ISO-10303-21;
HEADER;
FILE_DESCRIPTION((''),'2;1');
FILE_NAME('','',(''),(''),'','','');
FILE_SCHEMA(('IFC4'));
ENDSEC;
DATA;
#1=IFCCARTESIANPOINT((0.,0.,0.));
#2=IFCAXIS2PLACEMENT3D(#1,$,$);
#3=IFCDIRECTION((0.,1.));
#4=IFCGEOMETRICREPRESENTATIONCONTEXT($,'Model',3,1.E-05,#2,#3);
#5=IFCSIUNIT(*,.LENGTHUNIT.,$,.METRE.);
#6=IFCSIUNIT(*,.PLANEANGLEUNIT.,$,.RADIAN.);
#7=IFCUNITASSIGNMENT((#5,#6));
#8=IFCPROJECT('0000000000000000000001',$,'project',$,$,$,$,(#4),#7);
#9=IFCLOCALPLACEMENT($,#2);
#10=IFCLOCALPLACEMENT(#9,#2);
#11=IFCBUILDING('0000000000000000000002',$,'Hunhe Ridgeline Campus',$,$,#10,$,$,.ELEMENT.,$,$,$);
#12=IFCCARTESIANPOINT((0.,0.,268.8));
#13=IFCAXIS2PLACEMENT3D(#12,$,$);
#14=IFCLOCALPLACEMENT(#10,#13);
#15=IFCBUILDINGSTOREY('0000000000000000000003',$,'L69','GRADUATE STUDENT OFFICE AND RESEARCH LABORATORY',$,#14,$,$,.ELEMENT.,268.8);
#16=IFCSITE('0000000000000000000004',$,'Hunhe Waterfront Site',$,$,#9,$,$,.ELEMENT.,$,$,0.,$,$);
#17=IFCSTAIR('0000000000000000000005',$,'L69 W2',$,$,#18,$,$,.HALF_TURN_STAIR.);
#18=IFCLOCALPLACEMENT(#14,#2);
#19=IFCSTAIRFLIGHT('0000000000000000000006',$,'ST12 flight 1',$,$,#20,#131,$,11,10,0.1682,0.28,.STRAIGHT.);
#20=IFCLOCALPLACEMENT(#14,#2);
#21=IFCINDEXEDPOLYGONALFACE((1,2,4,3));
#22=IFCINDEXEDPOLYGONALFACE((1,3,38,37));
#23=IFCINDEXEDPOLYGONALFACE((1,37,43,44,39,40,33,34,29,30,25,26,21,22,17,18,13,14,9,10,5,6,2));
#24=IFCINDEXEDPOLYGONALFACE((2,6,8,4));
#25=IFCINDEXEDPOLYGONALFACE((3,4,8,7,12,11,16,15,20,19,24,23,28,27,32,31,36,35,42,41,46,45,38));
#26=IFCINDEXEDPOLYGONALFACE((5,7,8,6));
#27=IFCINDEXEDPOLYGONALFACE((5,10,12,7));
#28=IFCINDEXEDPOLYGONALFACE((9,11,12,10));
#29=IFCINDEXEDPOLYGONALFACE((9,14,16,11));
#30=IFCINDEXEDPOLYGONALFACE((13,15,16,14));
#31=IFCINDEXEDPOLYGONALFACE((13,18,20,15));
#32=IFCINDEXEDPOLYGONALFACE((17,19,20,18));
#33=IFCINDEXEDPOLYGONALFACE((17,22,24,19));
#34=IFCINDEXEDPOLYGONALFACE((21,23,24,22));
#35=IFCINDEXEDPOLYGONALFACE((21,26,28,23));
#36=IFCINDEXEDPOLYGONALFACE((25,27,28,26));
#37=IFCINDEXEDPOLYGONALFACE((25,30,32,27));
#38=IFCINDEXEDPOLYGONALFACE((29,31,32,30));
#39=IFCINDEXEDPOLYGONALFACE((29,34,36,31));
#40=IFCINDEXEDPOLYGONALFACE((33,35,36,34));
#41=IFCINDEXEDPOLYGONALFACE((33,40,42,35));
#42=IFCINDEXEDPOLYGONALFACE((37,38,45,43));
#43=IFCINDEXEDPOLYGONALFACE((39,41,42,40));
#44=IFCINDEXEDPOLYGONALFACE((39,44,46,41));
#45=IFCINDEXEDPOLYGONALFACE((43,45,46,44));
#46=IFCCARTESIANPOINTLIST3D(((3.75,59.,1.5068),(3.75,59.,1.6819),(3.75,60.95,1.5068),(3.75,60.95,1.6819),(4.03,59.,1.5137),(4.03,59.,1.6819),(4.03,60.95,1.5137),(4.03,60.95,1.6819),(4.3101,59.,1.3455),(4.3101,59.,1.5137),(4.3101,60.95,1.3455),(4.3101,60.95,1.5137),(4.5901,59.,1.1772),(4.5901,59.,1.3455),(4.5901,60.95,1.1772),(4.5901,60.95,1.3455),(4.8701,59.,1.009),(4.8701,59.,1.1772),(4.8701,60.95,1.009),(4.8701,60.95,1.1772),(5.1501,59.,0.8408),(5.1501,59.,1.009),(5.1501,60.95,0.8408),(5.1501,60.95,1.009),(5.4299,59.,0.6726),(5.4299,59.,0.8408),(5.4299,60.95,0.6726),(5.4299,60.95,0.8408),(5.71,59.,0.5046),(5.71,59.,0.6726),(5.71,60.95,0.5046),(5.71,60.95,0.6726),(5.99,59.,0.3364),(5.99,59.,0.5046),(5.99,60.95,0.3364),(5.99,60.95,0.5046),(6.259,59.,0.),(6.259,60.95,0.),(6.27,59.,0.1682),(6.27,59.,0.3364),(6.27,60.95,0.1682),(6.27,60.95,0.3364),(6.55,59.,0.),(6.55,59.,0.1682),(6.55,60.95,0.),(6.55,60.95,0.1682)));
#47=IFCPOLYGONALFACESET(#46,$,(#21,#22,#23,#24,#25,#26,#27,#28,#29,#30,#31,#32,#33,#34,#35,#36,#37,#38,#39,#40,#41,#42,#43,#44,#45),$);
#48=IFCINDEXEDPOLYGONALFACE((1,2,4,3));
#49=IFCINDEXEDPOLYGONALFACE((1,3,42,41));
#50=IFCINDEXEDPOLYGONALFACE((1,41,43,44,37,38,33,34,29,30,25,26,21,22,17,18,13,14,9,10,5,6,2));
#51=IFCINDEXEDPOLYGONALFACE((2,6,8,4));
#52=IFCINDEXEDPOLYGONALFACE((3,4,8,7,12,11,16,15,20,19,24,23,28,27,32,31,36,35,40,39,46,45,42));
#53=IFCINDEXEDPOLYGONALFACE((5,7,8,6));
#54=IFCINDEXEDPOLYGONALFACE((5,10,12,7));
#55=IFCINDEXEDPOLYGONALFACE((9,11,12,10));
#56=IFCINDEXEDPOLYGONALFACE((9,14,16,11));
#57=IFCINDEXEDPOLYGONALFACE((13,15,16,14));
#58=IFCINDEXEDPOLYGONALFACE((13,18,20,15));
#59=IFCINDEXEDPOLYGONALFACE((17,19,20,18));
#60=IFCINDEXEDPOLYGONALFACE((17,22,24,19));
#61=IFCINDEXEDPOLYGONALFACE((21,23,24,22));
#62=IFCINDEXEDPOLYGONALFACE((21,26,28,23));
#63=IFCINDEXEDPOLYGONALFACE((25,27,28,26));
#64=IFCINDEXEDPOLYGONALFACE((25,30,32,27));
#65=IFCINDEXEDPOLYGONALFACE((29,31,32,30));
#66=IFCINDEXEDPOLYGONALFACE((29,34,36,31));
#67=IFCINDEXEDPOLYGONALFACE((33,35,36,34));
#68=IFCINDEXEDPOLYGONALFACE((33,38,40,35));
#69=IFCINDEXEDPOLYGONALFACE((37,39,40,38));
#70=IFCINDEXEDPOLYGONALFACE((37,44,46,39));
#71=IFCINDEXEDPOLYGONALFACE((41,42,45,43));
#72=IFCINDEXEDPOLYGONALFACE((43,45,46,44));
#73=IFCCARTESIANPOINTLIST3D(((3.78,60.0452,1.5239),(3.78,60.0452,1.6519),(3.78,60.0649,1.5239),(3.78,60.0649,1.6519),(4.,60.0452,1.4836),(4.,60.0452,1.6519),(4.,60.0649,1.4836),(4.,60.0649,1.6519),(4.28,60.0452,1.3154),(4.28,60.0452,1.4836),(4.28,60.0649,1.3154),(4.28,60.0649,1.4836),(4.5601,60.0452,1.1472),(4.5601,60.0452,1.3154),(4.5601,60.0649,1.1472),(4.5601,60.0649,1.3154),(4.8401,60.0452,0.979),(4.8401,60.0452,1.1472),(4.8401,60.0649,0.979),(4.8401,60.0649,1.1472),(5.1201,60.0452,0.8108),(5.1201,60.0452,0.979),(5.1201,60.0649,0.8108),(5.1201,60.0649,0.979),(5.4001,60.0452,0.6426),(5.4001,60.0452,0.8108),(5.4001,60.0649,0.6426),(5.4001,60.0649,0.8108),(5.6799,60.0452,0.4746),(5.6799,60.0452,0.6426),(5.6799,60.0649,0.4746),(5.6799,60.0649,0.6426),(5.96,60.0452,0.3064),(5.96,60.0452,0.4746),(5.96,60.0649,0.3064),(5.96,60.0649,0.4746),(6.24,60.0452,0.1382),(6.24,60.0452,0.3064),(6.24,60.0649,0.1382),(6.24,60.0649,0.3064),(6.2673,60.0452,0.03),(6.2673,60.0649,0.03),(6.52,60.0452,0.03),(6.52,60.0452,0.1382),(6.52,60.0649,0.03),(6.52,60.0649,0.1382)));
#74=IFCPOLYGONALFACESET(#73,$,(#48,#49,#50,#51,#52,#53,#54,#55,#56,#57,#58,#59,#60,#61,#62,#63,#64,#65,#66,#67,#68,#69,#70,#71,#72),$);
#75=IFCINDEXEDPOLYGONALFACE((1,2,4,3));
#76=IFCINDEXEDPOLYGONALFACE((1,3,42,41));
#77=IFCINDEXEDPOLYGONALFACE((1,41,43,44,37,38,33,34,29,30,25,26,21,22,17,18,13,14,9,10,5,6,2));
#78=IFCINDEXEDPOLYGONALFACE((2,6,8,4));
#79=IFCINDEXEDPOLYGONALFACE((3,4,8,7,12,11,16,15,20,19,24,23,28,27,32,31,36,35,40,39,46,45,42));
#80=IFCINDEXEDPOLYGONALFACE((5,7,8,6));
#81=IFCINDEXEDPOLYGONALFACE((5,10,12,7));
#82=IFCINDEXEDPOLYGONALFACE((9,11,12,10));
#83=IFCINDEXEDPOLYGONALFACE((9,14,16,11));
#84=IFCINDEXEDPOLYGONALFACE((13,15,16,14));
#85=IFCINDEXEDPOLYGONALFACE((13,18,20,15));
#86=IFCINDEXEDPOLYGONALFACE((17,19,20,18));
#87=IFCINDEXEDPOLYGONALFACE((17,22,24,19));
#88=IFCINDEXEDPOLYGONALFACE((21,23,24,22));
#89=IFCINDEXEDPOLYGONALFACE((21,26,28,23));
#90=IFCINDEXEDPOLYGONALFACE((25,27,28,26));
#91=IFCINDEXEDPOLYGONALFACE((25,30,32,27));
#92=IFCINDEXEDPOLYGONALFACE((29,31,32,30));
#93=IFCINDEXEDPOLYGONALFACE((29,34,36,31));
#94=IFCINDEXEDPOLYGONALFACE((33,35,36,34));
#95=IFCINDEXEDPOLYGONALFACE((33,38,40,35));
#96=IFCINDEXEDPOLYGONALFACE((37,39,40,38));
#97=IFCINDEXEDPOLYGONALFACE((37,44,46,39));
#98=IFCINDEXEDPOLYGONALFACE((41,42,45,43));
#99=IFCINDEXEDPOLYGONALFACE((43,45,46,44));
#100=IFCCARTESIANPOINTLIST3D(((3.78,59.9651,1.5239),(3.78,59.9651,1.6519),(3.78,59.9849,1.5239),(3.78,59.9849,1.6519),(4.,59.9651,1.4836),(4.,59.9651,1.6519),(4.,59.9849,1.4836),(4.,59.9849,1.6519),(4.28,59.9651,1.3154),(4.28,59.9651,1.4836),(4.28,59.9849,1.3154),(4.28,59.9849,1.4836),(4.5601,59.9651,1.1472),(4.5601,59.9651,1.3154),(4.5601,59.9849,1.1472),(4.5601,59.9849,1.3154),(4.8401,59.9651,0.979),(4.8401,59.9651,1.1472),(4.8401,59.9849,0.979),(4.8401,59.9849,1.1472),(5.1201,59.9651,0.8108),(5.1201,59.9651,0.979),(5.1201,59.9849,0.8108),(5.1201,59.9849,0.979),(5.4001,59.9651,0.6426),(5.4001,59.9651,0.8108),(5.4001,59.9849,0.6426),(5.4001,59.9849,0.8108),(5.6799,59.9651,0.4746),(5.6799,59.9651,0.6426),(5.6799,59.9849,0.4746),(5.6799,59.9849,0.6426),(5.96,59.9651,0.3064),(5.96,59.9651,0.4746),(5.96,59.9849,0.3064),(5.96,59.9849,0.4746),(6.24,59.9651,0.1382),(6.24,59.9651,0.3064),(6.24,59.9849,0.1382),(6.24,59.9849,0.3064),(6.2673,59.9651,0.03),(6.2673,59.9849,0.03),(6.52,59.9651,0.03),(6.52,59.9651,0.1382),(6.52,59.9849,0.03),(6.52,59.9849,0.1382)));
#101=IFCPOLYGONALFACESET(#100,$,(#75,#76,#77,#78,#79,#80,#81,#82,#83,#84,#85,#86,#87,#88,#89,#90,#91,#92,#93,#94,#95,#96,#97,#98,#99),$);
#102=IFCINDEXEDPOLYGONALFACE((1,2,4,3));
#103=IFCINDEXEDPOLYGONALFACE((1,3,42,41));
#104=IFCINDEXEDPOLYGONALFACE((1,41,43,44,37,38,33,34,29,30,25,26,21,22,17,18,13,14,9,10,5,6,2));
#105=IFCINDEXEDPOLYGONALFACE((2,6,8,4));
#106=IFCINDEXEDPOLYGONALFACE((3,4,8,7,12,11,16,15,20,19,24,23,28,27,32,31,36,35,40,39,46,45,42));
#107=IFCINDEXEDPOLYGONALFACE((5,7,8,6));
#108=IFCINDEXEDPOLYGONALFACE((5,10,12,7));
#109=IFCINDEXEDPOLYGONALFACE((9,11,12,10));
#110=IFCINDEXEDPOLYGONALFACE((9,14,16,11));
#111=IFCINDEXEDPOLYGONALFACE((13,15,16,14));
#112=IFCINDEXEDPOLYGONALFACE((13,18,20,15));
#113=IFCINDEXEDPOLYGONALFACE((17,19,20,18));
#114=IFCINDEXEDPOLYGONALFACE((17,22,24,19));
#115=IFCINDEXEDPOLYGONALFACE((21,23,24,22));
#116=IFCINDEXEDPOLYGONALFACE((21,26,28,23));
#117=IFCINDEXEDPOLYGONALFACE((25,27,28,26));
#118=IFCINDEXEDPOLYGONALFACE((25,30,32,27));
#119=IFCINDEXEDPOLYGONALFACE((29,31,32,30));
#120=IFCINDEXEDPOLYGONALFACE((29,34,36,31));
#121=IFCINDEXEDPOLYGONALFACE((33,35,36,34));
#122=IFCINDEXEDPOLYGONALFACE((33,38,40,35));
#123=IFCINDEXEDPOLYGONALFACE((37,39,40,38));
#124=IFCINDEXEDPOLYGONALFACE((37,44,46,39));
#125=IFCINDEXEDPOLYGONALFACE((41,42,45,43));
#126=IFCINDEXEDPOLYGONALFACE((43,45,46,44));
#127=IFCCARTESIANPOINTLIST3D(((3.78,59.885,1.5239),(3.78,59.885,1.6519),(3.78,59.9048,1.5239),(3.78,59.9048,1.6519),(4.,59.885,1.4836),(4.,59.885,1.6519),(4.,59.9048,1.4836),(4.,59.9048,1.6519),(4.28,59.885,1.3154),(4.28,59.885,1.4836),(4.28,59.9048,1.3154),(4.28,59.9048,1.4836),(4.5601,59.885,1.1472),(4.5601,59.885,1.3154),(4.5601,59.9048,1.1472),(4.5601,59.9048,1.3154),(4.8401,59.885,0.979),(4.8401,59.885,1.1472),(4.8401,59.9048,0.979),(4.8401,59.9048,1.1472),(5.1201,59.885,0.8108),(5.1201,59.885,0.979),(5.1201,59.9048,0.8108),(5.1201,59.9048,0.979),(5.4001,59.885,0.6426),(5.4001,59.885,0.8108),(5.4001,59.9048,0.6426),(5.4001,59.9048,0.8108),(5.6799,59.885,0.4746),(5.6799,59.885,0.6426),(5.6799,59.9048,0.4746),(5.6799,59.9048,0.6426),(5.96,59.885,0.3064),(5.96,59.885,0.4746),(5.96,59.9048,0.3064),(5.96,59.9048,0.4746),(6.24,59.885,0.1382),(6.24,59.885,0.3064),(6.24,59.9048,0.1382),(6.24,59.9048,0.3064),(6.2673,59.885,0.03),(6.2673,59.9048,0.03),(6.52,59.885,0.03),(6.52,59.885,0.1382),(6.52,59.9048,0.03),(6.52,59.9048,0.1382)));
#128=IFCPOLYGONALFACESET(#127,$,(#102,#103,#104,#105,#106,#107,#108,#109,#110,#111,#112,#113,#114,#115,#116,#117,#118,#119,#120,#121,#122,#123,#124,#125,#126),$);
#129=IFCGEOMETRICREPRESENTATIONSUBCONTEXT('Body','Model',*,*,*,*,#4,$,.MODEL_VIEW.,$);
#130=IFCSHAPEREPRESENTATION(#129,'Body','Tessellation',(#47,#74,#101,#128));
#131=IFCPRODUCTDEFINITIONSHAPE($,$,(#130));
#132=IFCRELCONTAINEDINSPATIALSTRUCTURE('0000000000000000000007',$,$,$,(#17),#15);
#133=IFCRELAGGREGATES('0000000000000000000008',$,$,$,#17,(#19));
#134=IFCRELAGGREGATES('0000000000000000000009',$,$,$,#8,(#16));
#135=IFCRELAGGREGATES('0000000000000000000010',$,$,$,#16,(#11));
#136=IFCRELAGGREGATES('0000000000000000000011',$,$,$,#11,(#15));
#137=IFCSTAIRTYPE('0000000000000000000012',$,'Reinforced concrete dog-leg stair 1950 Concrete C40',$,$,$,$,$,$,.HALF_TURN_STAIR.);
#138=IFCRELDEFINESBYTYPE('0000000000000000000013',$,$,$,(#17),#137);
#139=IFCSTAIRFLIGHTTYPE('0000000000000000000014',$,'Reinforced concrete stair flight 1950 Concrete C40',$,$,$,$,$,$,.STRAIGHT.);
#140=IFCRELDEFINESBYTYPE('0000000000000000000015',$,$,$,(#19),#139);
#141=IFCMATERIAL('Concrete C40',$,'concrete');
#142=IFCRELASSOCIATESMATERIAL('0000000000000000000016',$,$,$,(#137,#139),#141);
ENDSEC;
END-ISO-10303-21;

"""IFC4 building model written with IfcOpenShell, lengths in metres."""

from ifc_helpers import new_model, si_unit, direction, frame, origin, place, context, subcontext, project, spatial, polyline, outline, extrude, material, type_object, element, aggregate, save


model = new_model("IFC4")

# Units and contexts
model_context = context("Model", 3, precision=1e-05, world=origin(), true_north=direction((0.0, 1.0)))
body_context = subcontext(model_context, "Body", "Model", "MODEL_VIEW")
ifc_project = project(units=[si_unit("LENGTHUNIT", "METRE"), si_unit("PLANEANGLEUNIT", "RADIAN")], contexts=[model_context])

# Site, building, storey
site_placement = place(None, origin())
site = spatial("IfcSite", under=ifc_project, at=site_placement, Name="Hunhe Waterfront Site", CompositionType="ELEMENT", RefElevation=0.0)
building_placement = place(site_placement, origin())
building = spatial("IfcBuilding", under=site, at=building_placement, Name="Hunhe Ridgeline Campus", CompositionType="ELEMENT")
storey_placement = place(building_placement, frame((0.0, 0.0, 268.8)))
storey = spatial("IfcBuildingStorey", under=building, at=storey_placement, Name="L69", Description="GRADUATE STUDENT OFFICE AND RESEARCH LABORATORY", CompositionType="ELEMENT", Elevation=268.8)

# Stair, stair flight
ifc_material_1 = material(Name="Concrete C40", Category="concrete")
stair_type = type_object("IfcStairType", Name="Reinforced concrete dog-leg stair 1950 Concrete C40", PredefinedType="HALF_TURN_STAIR", material=ifc_material_1)
stair_flight_type = type_object("IfcStairFlightType", Name="Reinforced concrete stair flight 1950 Concrete C40", PredefinedType="STRAIGHT", material=ifc_material_1)
stair_1_placement = place(storey_placement, origin())
stair_1 = element("IfcStair", 1, at=stair_1_placement, inside=storey, type_object=stair_type, Name="L69 W2", PredefinedType="HALF_TURN_STAIR")
stair_flight_1_placement = place(storey_placement, frame((6.55, 59.9751, 0.0), z_axis=(0.0, 0.0, 1.0), x_axis=(-1.0, 0.0, 0.0)))
stair_flight_1 = element("IfcStairFlight", 2, at=stair_flight_1_placement, type_object=stair_flight_type, Name="ST12 flight 1", NumberOfRisers=11, NumberOfTreads=10, PredefinedType="STRAIGHT", RiserHeight=0.1682, TreadLength=0.28, context=body_context, shape_type="SweptSolid", body=[
    extrude(outline(polyline([(0.0, 0.0), (0.0, 0.1682), (0.28, 0.1682), (0.28, 0.3364), (0.5601, 0.3364), (0.5601, 0.5046), (0.8401, 0.5046), (0.8401, 0.6726), (1.1201, 0.6726), (1.1201, 0.8408), (1.3999, 0.8408), (1.3999, 1.009), (1.6799, 1.009), (1.6799, 1.1772), (1.96, 1.1772), (1.96, 1.3455), (2.24, 1.3455), (2.24, 1.5137), (2.52, 1.5137), (2.52, 1.6819), (2.8, 1.6819), (2.8, 1.8501), (2.8, 1.5068), (0.291, 0.0), (0.0, 0.0)])), frame((0.0, 0.9751, 0.0), z_axis=(0.0, -1.0, 0.0), x_axis=(1.0, 0.0, 0.0)), (0.0, 0.0, 1.0), 1.95),
    extrude(outline(polyline([(0.03, 0.03), (0.03, 0.1382), (0.3101, 0.1382), (0.3101, 0.3064), (0.5901, 0.3064), (0.5901, 0.4746), (0.8701, 0.4746), (0.8701, 0.6426), (1.1499, 0.6426), (1.1499, 0.8108), (1.4299, 0.8108), (1.4299, 0.979), (1.71, 0.979), (1.71, 1.1472), (1.99, 1.1472), (1.99, 1.3154), (2.27, 1.3154), (2.27, 1.4836), (2.55, 1.4836), (2.55, 1.6519), (2.77, 1.6519), (2.77, 1.5239), (0.2827, 0.03), (0.03, 0.03)])), frame((0.0, -0.0701, 0.0), z_axis=(0.0, -1.0, 0.0), x_axis=(1.0, 0.0, 0.0)), (0.0, 0.0, 1.0), 0.0198),
    extrude(outline(polyline([(0.03, 0.03), (0.03, 0.1382), (0.3101, 0.1382), (0.3101, 0.3064), (0.5901, 0.3064), (0.5901, 0.4746), (0.8701, 0.4746), (0.8701, 0.6426), (1.1499, 0.6426), (1.1499, 0.8108), (1.4299, 0.8108), (1.4299, 0.979), (1.71, 0.979), (1.71, 1.1472), (1.99, 1.1472), (1.99, 1.3154), (2.27, 1.3154), (2.27, 1.4836), (2.55, 1.4836), (2.55, 1.6519), (2.77, 1.6519), (2.77, 1.5239), (0.2827, 0.03), (0.03, 0.03)])), frame((0.0, 0.01, 0.0), z_axis=(0.0, -1.0, 0.0), x_axis=(1.0, 0.0, 0.0)), (0.0, 0.0, 1.0), 0.0198),
    extrude(outline(polyline([(0.03, 0.03), (0.03, 0.1382), (0.3101, 0.1382), (0.3101, 0.3064), (0.5901, 0.3064), (0.5901, 0.4746), (0.8701, 0.4746), (0.8701, 0.6426), (1.1499, 0.6426), (1.1499, 0.8108), (1.4299, 0.8108), (1.4299, 0.979), (1.71, 0.979), (1.71, 1.1472), (1.99, 1.1472), (1.99, 1.3154), (2.27, 1.3154), (2.27, 1.4836), (2.55, 1.4836), (2.55, 1.6519), (2.77, 1.6519), (2.77, 1.5239), (0.2827, 0.03), (0.03, 0.03)])), frame((0.0, 0.0901, 0.0), z_axis=(0.0, -1.0, 0.0), x_axis=(1.0, 0.0, 0.0)), (0.0, 0.0, 1.0), 0.0198),
])
aggregate(stair_1, [stair_flight_1])

save(model, "model.ifc")
